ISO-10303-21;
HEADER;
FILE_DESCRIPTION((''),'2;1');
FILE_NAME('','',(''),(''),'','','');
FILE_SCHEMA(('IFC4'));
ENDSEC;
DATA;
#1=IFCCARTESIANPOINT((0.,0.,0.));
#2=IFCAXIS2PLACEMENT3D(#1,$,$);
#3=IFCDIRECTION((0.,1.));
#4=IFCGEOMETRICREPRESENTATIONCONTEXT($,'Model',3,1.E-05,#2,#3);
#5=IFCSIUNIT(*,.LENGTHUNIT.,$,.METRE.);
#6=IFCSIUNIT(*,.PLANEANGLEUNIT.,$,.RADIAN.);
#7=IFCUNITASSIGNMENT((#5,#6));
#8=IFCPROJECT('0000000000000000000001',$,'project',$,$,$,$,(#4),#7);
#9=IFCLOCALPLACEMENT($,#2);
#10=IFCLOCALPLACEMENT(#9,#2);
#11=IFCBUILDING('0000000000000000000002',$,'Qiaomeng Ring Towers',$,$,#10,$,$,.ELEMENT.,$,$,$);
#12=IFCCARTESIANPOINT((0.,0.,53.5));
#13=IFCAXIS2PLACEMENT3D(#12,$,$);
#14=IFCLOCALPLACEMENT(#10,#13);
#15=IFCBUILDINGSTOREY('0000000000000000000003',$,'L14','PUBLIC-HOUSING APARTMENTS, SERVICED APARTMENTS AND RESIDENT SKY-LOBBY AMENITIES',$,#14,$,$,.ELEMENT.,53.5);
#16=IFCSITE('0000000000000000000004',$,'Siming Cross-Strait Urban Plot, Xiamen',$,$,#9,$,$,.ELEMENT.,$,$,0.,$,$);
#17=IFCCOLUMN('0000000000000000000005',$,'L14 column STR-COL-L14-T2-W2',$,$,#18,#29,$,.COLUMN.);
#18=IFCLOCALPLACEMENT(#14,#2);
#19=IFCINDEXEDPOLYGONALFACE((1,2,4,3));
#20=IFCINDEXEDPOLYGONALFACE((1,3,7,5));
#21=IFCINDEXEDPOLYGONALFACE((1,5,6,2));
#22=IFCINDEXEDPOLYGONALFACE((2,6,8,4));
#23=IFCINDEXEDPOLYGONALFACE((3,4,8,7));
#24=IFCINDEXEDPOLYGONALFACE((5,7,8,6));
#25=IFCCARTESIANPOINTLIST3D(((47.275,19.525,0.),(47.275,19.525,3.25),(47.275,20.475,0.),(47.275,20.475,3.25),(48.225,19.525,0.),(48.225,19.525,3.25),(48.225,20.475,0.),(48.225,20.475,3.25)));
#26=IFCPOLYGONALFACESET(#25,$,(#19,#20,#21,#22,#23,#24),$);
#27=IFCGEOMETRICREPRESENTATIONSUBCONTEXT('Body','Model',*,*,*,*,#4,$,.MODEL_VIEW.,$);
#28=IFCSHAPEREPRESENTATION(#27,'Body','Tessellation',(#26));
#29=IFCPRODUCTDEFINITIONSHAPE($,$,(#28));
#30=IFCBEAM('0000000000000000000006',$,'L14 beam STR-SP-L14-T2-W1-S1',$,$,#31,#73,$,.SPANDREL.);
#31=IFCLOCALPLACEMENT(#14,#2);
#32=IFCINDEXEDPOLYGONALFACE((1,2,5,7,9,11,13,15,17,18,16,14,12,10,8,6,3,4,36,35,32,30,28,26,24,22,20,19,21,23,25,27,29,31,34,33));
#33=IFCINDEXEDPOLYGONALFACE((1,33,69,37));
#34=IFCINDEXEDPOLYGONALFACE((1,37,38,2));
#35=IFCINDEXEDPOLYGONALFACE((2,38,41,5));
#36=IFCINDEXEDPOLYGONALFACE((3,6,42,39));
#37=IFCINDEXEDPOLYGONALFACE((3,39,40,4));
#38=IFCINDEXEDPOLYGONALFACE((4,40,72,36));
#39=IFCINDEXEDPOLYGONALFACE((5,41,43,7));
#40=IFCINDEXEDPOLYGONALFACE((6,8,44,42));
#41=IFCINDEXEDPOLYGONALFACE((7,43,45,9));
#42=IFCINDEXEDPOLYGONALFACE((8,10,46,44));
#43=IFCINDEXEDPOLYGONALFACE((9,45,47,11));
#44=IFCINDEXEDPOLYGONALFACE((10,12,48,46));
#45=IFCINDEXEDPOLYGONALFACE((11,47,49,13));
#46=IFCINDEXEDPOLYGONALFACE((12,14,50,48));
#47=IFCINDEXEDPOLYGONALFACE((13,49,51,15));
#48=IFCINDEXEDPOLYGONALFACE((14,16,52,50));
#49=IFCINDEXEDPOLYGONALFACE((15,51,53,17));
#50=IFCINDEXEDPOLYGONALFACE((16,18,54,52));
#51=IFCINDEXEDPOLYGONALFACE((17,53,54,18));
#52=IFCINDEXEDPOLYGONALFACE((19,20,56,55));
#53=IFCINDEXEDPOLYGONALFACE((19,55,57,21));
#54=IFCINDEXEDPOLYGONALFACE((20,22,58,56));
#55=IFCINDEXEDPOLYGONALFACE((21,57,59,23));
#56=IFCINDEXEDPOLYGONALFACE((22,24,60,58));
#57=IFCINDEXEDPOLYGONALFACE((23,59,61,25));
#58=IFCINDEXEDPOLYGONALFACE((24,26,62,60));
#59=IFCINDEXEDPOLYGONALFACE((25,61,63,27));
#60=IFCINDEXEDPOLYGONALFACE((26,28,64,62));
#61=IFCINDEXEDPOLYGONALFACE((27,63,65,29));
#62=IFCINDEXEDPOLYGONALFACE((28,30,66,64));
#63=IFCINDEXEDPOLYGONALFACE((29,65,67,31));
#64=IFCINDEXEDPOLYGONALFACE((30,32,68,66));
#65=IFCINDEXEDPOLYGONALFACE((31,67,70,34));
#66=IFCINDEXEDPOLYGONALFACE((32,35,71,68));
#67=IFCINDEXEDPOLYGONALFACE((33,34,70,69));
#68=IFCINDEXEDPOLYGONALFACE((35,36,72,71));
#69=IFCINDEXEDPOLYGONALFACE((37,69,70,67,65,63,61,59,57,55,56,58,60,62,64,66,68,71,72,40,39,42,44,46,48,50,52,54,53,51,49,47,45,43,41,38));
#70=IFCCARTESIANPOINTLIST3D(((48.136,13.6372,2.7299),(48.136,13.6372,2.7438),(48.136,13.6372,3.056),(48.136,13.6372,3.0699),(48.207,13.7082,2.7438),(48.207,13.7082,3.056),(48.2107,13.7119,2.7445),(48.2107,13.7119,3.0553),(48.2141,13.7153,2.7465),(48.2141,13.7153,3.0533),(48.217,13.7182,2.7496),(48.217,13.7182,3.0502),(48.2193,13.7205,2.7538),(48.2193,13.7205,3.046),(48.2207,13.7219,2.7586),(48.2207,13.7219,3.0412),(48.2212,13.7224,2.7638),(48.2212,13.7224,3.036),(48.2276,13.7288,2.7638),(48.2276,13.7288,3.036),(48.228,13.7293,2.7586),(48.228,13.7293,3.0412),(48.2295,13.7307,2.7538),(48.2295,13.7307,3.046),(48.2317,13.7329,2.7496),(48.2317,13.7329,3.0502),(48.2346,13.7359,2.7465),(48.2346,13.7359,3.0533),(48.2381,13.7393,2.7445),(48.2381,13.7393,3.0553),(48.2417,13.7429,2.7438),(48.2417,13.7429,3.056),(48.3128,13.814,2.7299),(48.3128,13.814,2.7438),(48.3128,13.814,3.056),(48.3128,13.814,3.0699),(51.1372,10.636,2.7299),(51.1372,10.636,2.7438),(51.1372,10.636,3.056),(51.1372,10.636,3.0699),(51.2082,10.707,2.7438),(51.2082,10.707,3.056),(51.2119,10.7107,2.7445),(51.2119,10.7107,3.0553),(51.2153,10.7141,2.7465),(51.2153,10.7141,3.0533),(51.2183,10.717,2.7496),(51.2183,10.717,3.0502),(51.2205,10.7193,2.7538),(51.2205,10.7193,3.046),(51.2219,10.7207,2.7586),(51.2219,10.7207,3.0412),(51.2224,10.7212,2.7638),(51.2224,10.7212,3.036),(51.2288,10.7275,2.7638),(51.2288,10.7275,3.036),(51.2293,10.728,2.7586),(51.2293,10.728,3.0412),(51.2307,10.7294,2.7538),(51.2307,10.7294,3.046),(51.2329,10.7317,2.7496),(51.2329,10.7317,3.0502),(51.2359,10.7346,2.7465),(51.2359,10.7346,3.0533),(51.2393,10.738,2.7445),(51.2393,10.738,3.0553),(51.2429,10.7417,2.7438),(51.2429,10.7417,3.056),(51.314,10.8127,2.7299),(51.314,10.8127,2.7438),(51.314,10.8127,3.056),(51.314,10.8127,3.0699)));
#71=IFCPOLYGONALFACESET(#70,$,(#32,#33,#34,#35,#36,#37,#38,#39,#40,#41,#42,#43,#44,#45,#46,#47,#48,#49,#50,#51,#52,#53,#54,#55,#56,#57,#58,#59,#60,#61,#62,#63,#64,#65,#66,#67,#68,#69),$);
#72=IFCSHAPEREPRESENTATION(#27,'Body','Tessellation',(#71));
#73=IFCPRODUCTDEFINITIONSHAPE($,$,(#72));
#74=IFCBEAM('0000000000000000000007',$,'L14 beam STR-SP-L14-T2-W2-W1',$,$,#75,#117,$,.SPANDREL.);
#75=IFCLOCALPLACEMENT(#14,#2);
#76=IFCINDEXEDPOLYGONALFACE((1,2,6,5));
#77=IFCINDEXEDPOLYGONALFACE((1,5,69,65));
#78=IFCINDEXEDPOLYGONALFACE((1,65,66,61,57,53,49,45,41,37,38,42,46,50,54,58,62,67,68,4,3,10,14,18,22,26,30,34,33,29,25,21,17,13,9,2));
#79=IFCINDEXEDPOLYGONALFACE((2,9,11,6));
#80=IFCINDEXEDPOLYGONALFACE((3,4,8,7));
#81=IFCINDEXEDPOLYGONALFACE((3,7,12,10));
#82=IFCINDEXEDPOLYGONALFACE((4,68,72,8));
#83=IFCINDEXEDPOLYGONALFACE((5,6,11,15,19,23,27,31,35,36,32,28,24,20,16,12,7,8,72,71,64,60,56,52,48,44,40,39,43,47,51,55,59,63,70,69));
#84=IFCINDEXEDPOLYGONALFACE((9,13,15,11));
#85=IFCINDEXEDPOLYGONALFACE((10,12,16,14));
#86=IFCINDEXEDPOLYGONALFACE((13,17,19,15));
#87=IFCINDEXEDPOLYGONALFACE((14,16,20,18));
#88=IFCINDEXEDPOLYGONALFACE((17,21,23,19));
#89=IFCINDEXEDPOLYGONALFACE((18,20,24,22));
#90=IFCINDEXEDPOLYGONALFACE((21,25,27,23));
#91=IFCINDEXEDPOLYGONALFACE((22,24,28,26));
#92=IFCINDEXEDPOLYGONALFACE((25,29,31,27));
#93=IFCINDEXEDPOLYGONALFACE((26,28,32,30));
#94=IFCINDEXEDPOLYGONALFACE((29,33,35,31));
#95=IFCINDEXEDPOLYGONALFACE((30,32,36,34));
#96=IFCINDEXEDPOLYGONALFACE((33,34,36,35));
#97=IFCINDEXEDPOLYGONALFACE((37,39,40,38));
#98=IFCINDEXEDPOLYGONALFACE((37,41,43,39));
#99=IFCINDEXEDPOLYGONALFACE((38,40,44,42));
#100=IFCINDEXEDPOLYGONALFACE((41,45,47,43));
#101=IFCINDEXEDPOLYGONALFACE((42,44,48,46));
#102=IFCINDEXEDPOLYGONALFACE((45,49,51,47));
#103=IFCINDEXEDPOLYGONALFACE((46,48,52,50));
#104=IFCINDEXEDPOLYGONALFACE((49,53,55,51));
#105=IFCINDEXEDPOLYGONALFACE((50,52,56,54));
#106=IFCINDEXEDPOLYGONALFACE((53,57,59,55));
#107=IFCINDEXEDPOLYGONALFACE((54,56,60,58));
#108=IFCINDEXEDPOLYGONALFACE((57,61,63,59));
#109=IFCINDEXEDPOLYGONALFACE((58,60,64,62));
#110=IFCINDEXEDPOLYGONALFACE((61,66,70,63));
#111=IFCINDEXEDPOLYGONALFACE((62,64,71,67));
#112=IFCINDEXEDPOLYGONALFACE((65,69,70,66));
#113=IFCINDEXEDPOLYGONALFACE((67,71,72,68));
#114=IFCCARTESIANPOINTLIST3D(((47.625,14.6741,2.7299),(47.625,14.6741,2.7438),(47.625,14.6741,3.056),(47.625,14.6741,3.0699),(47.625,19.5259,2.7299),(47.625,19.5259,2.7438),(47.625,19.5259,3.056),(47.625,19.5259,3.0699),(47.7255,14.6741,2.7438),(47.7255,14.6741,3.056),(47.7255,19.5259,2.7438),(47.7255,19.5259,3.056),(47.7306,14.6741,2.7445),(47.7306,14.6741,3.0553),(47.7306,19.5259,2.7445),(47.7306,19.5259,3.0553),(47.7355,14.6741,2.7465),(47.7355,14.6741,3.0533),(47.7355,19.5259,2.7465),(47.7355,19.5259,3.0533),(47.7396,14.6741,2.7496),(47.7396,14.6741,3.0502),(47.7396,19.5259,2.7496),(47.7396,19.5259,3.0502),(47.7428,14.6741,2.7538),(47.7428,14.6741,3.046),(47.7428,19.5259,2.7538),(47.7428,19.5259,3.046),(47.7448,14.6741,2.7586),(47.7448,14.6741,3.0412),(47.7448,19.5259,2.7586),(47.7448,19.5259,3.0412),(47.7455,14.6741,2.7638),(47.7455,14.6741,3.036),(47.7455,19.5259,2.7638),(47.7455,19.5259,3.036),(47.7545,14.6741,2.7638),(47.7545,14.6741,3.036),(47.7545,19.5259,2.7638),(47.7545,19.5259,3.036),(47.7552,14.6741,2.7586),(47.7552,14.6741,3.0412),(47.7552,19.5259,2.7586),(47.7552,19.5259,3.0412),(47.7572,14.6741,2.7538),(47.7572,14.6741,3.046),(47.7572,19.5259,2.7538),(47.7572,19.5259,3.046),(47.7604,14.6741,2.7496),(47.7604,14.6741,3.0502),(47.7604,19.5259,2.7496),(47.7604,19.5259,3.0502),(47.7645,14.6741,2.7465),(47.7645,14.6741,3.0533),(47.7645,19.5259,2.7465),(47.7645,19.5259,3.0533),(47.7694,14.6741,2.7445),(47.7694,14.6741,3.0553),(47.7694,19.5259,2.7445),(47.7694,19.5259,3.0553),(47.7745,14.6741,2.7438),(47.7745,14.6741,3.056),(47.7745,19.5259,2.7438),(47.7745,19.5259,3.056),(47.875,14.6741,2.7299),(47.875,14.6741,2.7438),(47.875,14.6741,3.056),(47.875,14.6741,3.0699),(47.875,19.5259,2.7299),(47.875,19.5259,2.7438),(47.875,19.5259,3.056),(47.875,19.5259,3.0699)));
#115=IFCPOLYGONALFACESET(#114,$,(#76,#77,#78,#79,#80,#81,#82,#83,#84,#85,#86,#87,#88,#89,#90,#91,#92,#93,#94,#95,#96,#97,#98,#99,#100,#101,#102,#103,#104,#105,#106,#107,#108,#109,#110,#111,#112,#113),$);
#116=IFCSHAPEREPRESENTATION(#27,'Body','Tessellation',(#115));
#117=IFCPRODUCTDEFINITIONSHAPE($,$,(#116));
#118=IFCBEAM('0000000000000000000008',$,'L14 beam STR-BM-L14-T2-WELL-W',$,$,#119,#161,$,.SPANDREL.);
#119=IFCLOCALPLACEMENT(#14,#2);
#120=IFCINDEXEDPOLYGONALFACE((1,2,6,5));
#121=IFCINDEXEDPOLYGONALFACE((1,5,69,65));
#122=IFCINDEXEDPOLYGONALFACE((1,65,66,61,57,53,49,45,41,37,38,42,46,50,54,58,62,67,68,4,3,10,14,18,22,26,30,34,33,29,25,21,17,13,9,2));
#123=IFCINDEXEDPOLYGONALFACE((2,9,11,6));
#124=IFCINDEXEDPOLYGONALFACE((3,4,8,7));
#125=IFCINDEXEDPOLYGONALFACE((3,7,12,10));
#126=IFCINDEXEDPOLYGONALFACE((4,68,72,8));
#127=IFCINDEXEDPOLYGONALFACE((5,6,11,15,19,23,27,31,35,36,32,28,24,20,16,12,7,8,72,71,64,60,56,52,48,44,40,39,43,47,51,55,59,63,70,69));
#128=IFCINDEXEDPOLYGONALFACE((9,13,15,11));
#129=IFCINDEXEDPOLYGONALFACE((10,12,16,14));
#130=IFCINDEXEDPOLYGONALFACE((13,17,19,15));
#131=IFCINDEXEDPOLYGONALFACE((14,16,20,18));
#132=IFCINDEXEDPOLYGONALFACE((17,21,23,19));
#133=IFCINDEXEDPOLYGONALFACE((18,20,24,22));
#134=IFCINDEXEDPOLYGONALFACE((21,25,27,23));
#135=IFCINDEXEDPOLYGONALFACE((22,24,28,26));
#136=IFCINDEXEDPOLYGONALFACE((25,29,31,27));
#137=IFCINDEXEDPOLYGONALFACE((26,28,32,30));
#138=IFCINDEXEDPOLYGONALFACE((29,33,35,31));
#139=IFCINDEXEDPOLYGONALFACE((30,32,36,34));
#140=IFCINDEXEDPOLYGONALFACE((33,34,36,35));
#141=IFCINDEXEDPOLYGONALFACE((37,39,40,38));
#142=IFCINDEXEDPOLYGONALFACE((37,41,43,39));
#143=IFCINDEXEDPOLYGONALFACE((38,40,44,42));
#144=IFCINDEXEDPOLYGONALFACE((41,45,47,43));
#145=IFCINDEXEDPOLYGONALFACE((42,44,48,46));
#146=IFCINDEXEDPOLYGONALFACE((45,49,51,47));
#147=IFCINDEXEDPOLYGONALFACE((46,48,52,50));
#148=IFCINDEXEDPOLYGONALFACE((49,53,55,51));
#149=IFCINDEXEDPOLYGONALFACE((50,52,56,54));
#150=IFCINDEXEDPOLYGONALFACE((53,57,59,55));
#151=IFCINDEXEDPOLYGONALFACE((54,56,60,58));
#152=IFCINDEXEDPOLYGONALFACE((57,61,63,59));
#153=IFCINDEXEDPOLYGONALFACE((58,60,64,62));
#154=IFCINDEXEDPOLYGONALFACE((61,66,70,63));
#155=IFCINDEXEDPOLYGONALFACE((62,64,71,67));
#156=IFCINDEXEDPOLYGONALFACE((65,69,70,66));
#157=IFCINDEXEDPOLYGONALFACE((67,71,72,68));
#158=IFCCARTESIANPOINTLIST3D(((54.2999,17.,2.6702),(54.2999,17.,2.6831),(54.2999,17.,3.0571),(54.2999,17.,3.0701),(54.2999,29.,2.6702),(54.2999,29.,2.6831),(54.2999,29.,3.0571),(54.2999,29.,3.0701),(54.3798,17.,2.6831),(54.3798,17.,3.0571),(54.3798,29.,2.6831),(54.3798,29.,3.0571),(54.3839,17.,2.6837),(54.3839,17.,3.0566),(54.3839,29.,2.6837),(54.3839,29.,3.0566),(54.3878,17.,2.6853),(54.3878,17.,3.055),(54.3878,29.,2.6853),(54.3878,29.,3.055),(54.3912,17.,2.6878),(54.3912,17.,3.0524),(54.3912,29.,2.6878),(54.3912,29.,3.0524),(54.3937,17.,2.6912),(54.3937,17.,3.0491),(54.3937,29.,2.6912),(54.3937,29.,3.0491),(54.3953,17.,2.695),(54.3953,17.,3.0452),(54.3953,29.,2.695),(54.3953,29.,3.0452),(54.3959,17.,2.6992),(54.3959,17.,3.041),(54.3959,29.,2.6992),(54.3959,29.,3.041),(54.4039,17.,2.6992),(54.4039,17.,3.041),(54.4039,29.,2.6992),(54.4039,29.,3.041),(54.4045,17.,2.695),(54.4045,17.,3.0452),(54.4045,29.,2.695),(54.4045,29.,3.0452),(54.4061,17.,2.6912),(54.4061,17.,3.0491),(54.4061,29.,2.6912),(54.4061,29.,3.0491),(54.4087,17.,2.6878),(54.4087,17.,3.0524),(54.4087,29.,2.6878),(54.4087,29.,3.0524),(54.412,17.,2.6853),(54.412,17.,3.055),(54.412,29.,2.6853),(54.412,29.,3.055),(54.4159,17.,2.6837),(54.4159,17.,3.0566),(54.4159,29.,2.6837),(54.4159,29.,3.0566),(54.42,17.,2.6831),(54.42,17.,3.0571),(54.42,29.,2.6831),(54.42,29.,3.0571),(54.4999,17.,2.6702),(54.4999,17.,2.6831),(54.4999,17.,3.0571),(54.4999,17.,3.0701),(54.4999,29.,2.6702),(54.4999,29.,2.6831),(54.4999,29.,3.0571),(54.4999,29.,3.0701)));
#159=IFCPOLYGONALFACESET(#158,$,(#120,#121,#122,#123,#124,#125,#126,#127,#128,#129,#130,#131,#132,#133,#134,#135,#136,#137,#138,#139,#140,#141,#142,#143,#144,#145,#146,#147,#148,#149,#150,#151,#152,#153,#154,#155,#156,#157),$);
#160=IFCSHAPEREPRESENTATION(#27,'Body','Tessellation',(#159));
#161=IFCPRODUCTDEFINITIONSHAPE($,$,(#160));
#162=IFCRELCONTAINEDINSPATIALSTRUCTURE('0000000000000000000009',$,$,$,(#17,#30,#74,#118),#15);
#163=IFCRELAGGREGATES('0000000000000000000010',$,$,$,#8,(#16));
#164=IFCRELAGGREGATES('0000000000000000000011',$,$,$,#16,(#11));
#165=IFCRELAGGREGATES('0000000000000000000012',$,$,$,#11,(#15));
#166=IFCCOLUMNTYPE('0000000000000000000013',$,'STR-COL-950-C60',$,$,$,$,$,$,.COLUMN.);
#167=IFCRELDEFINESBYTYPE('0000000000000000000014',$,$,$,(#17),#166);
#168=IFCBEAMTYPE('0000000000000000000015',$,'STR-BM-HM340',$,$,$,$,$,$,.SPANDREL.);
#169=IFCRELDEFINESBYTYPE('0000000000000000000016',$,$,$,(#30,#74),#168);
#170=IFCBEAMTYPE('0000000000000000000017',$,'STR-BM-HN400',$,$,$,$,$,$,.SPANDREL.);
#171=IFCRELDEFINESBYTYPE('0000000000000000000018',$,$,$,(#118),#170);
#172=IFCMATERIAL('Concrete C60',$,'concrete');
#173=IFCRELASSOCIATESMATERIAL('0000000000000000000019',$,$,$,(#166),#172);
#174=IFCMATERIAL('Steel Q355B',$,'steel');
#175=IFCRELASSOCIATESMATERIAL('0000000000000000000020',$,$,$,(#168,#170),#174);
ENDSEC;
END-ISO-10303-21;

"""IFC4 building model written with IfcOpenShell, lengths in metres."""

from ifc_helpers import new_model, si_unit, direction, frame, origin, origin_2d, place, context, subcontext, project, spatial, rectangle, i_section, extrude, source, transform, mapped, material, material_profile, profile_set, type_object, element, save


model = new_model("IFC4")

# Units and contexts
model_context = context("Model", 3, precision=1e-05, world=origin(), true_north=direction((0.0, 1.0)))
body_context = subcontext(model_context, "Body", "Model", "MODEL_VIEW")
ifc_project = project(units=[si_unit("LENGTHUNIT", "METRE"), si_unit("PLANEANGLEUNIT", "RADIAN")], contexts=[model_context])

# Site, building, storey
site_placement = place(None, origin())
site = spatial("IfcSite", under=ifc_project, at=site_placement, Name="Siming Cross-Strait Urban Plot, Xiamen", CompositionType="ELEMENT", RefElevation=0.0)
building_placement = place(site_placement, origin())
building = spatial("IfcBuilding", under=site, at=building_placement, Name="Qiaomeng Ring Towers", CompositionType="ELEMENT")
storey_placement = place(building_placement, frame((0.0, 0.0, 53.5)))
storey = spatial("IfcBuildingStorey", under=building, at=storey_placement, Name="L14", Description="PUBLIC-HOUSING APARTMENTS, SERVICED APARTMENTS AND RESIDENT SKY-LOBBY AMENITIES", CompositionType="ELEMENT", Elevation=53.5)

# Column
ifc_material_1 = material(Name="Concrete C60", Category="concrete")
ifc_material_profile_1 = material_profile(ifc_material_1, rectangle(XDim=0.95, YDim=0.95, at=origin_2d()), Name="RC COL 950x950")
ifc_profile_set_1 = profile_set([ifc_material_profile_1], Name="Concrete C60")
column_type = type_object("IfcColumnType", Name="STR-COL-950-C60", PredefinedType="COLUMN", material=ifc_profile_set_1)
shared_shape_1 = source(origin(), body_context, "Body", "SweptSolid", [
    extrude(rectangle(XDim=0.95, YDim=0.95, at=origin_2d()), origin(), (0.0, 0.0, 1.0), 3.25),
])
column_placement = place(storey_placement, frame((47.75, 20.0, 0.0), z_axis=(0.0, 0.0, 1.0), x_axis=(1.0, 0.0, 0.0)))
element("IfcColumn", 1, at=column_placement, inside=storey, type_object=column_type, Name="L14 column STR-COL-L14-T2-W2", PredefinedType="COLUMN", context=body_context, shape_type="MappedRepresentation", body=[
    mapped(shared_shape_1, transform((0.0, 0.0, 0.0), x_axis=(1.0, 0.0, 0.0), y_axis=(0.0, 1.0, 0.0), z_axis=(0.0, 0.0, 1.0), scale=1.0)),
])

# Beams
ifc_material_2 = material(Name="Steel Q355B", Category="steel")
ifc_material_profile_2 = material_profile(ifc_material_2, i_section(OverallWidth=0.25, OverallDepth=0.3401, WebThickness=0.009, FlangeThickness=0.0139, FilletRadius=0.02, at=origin_2d()), Name="HM 340x250x9x14")
ifc_profile_set_2 = profile_set([ifc_material_profile_2], Name="Steel Q355B")
beam_type_1 = type_object("IfcBeamType", Name="STR-BM-HM340", PredefinedType="SPANDREL", material=ifc_profile_set_2)
shared_shape_2 = source(origin(), body_context, "Body", "SweptSolid", [
    extrude(i_section(OverallWidth=0.25, OverallDepth=0.3401, WebThickness=0.009, FlangeThickness=0.0139, FilletRadius=0.02, at=origin_2d()), origin(), (0.0, 0.0, 1.0), 4.2444),
])
beam_1_placement = place(storey_placement, frame((48.2244, 13.7256, 2.8999), z_axis=(0.707107, -0.707107, 0.0), x_axis=(0.707107, 0.707107, 0.0)))
element("IfcBeam", 2, at=beam_1_placement, inside=storey, type_object=beam_type_1, Name="L14 beam STR-SP-L14-T2-W1-S1", PredefinedType="SPANDREL", context=body_context, shape_type="MappedRepresentation", body=[
    mapped(shared_shape_2, transform((0.0, 0.0, 0.0), x_axis=(1.0, 0.0, 0.0), y_axis=(0.0, 1.0, 0.0), z_axis=(0.0, 0.0, 1.0), scale=1.0)),
])
shared_shape_3 = source(origin(), body_context, "Body", "SweptSolid", [
    extrude(i_section(OverallWidth=0.25, OverallDepth=0.3401, WebThickness=0.009, FlangeThickness=0.0139, FilletRadius=0.02, at=origin_2d()), origin(), (0.0, 0.0, 1.0), 4.8518),
])
beam_2_placement = place(storey_placement, frame((47.75, 19.5259, 2.8999), z_axis=(0.0, -1.0, 0.0), x_axis=(1.0, 0.0, 0.0)))
element("IfcBeam", 3, at=beam_2_placement, inside=storey, type_object=beam_type_1, Name="L14 beam STR-SP-L14-T2-W2-W1", PredefinedType="SPANDREL", context=body_context, shape_type="MappedRepresentation", body=[
    mapped(shared_shape_3, transform((0.0, 0.0, 0.0), x_axis=(1.0, 0.0, 0.0), y_axis=(0.0, 1.0, 0.0), z_axis=(0.0, 0.0, 1.0), scale=1.0)),
])
ifc_material_profile_3 = material_profile(ifc_material_2, i_section(OverallWidth=0.2, OverallDepth=0.3999, WebThickness=0.0081, FlangeThickness=0.0129, FilletRadius=0.0161, at=origin_2d()), Name="HN 400x200x8x13")
ifc_profile_set_3 = profile_set([ifc_material_profile_3], Name="Steel Q355B")
beam_type_2 = type_object("IfcBeamType", Name="STR-BM-HN400", PredefinedType="SPANDREL", material=ifc_profile_set_3)
shared_shape_4 = source(origin(), body_context, "Body", "SweptSolid", [
    extrude(i_section(OverallWidth=0.2, OverallDepth=0.3999, WebThickness=0.0081, FlangeThickness=0.0129, FilletRadius=0.0161, at=origin_2d()), origin(), (0.0, 0.0, 1.0), 12.0),
])
beam_3_placement = place(storey_placement, frame((54.3999, 17.0, 2.8701), z_axis=(0.0, 1.0, 0.0), x_axis=(-1.0, 0.0, 0.0)))
element("IfcBeam", 4, at=beam_3_placement, inside=storey, type_object=beam_type_2, Name="L14 beam STR-BM-L14-T2-WELL-W", PredefinedType="SPANDREL", context=body_context, shape_type="MappedRepresentation", body=[
    mapped(shared_shape_4, transform((0.0, 0.0, 0.0), x_axis=(1.0, 0.0, 0.0), y_axis=(0.0, 1.0, 0.0), z_axis=(0.0, 0.0, 1.0), scale=1.0)),
])

save(model, "model.ifc")
